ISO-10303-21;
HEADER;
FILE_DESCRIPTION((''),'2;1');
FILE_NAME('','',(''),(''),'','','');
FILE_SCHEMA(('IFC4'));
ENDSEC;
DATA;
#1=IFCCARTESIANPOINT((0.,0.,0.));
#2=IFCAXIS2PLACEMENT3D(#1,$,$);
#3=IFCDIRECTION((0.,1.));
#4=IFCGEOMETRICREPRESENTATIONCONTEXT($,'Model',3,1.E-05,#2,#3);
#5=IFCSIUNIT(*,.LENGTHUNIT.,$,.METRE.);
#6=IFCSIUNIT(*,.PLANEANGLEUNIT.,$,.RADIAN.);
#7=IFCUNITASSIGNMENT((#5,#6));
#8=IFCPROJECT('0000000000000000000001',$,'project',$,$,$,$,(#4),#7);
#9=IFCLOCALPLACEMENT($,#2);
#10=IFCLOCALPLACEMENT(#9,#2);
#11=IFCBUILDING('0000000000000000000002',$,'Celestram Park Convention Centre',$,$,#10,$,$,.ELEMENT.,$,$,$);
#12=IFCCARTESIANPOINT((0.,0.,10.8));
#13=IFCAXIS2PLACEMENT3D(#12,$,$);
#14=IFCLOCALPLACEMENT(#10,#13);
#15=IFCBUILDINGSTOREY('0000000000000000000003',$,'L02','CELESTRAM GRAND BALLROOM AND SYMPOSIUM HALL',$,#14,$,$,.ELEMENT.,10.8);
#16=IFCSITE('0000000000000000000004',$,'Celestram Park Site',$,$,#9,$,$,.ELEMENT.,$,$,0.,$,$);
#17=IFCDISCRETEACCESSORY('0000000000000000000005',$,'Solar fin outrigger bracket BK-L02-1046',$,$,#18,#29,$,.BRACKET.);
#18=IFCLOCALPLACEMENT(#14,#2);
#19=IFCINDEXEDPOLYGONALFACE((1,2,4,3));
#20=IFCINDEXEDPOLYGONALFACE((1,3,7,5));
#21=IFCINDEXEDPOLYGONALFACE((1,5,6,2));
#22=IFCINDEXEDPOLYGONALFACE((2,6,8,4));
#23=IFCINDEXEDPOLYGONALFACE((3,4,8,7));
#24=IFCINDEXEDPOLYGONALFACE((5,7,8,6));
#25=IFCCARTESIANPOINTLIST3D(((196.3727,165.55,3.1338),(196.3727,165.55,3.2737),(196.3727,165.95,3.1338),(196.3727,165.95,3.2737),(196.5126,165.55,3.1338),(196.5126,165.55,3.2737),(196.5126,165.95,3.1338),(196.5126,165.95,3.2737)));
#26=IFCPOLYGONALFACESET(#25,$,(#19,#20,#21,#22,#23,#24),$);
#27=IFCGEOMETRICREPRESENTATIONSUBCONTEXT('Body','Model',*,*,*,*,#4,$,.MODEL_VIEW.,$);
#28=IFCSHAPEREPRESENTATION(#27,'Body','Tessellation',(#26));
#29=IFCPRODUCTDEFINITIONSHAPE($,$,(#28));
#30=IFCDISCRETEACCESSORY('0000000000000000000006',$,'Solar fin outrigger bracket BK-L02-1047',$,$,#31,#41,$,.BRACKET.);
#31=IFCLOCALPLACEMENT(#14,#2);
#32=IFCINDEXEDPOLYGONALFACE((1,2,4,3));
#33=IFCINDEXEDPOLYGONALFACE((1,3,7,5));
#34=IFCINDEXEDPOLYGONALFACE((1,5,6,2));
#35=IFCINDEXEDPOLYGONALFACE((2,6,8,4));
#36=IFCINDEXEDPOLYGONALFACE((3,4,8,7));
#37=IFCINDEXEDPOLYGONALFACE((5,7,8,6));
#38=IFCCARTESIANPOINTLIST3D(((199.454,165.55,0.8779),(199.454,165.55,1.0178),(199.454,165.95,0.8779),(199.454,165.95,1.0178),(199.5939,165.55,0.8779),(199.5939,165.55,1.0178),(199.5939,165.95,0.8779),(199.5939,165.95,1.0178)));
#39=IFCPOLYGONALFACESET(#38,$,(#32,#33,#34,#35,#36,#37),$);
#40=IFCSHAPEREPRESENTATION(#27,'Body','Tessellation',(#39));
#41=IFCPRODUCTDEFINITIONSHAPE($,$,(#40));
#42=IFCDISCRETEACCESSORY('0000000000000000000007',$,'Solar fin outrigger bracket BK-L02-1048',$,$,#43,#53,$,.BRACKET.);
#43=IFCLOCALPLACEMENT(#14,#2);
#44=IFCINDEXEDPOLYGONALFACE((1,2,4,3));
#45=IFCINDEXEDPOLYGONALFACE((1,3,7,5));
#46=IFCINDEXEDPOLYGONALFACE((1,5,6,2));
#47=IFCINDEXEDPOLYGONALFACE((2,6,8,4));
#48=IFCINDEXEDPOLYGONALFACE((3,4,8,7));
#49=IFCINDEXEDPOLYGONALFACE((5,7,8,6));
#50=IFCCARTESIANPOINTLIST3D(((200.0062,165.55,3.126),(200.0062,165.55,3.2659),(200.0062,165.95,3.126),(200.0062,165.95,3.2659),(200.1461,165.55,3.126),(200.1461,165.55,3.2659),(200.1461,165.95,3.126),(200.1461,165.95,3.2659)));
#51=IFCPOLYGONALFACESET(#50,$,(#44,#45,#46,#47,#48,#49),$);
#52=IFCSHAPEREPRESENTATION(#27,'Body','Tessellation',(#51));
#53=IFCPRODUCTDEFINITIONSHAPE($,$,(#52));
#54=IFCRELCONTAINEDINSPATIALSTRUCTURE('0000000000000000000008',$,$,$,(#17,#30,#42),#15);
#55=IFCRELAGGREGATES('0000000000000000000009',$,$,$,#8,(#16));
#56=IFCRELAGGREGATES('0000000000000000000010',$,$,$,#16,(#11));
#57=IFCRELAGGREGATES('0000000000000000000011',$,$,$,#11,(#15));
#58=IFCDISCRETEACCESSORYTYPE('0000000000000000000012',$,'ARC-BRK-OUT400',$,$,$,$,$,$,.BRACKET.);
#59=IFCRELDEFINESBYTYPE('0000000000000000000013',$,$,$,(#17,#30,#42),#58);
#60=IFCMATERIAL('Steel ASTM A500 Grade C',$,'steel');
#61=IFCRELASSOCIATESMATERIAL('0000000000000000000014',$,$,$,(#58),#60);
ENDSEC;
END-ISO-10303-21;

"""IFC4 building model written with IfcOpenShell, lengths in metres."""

from ifc_helpers import new_model, si_unit, direction, frame, origin, origin_2d, place, context, subcontext, project, spatial, rectangle, extrude, material, type_object, element, save


model = new_model("IFC4")

# Units and contexts
model_context = context("Model", 3, precision=1e-05, world=origin(), true_north=direction((0.0, 1.0)))
body_context = subcontext(model_context, "Body", "Model", "MODEL_VIEW")
ifc_project = project(units=[si_unit("LENGTHUNIT", "METRE"), si_unit("PLANEANGLEUNIT", "RADIAN")], contexts=[model_context])

# Site, building, storey
site_placement = place(None, origin())
site = spatial("IfcSite", under=ifc_project, at=site_placement, Name="Celestram Park Site", CompositionType="ELEMENT", RefElevation=0.0)
building_placement = place(site_placement, origin())
building = spatial("IfcBuilding", under=site, at=building_placement, Name="Celestram Park Convention Centre", CompositionType="ELEMENT")
storey_placement = place(building_placement, frame((0.0, 0.0, 10.8)))
storey = spatial("IfcBuildingStorey", under=building, at=storey_placement, Name="L02", Description="CELESTRAM GRAND BALLROOM AND SYMPOSIUM HALL", CompositionType="ELEMENT", Elevation=10.8)

# Shared definitions
ifc_material_1 = material(Name="Steel ASTM A500 Grade C", Category="steel")

# Discrete accessories
discrete_accessory_type = type_object("IfcDiscreteAccessoryType", Name="ARC-BRK-OUT400", PredefinedType="BRACKET", material=ifc_material_1)
for number, where, z_axis, x_axis, name in (
    (1, (196.4426, 165.75, 3.1338), (0.0, 0.0, 1.0), (0.0, 1.0, 0.0), "Solar fin outrigger bracket BK-L02-1046"),
    (2, (199.5239, 165.75, 0.8779), (0.0, 0.0, 1.0), (0.0, 1.0, 0.0), "Solar fin outrigger bracket BK-L02-1047"),
    (3, (200.0762, 165.75, 3.126), (0.0, 0.0, 1.0), (0.0, 1.0, 0.0), "Solar fin outrigger bracket BK-L02-1048"),
):
    element("IfcDiscreteAccessory", number, at=place(storey_placement, frame(where, z_axis=z_axis, x_axis=x_axis)), inside=storey, type_object=discrete_accessory_type, Name=name, PredefinedType="BRACKET", context=body_context, shape_type="SweptSolid", body=[
        extrude(rectangle(XDim=0.3999, YDim=0.1399, at=origin_2d()), origin(), (0.0, 0.0, 1.0), 0.1399),
    ])

save(model, "model.ifc")
